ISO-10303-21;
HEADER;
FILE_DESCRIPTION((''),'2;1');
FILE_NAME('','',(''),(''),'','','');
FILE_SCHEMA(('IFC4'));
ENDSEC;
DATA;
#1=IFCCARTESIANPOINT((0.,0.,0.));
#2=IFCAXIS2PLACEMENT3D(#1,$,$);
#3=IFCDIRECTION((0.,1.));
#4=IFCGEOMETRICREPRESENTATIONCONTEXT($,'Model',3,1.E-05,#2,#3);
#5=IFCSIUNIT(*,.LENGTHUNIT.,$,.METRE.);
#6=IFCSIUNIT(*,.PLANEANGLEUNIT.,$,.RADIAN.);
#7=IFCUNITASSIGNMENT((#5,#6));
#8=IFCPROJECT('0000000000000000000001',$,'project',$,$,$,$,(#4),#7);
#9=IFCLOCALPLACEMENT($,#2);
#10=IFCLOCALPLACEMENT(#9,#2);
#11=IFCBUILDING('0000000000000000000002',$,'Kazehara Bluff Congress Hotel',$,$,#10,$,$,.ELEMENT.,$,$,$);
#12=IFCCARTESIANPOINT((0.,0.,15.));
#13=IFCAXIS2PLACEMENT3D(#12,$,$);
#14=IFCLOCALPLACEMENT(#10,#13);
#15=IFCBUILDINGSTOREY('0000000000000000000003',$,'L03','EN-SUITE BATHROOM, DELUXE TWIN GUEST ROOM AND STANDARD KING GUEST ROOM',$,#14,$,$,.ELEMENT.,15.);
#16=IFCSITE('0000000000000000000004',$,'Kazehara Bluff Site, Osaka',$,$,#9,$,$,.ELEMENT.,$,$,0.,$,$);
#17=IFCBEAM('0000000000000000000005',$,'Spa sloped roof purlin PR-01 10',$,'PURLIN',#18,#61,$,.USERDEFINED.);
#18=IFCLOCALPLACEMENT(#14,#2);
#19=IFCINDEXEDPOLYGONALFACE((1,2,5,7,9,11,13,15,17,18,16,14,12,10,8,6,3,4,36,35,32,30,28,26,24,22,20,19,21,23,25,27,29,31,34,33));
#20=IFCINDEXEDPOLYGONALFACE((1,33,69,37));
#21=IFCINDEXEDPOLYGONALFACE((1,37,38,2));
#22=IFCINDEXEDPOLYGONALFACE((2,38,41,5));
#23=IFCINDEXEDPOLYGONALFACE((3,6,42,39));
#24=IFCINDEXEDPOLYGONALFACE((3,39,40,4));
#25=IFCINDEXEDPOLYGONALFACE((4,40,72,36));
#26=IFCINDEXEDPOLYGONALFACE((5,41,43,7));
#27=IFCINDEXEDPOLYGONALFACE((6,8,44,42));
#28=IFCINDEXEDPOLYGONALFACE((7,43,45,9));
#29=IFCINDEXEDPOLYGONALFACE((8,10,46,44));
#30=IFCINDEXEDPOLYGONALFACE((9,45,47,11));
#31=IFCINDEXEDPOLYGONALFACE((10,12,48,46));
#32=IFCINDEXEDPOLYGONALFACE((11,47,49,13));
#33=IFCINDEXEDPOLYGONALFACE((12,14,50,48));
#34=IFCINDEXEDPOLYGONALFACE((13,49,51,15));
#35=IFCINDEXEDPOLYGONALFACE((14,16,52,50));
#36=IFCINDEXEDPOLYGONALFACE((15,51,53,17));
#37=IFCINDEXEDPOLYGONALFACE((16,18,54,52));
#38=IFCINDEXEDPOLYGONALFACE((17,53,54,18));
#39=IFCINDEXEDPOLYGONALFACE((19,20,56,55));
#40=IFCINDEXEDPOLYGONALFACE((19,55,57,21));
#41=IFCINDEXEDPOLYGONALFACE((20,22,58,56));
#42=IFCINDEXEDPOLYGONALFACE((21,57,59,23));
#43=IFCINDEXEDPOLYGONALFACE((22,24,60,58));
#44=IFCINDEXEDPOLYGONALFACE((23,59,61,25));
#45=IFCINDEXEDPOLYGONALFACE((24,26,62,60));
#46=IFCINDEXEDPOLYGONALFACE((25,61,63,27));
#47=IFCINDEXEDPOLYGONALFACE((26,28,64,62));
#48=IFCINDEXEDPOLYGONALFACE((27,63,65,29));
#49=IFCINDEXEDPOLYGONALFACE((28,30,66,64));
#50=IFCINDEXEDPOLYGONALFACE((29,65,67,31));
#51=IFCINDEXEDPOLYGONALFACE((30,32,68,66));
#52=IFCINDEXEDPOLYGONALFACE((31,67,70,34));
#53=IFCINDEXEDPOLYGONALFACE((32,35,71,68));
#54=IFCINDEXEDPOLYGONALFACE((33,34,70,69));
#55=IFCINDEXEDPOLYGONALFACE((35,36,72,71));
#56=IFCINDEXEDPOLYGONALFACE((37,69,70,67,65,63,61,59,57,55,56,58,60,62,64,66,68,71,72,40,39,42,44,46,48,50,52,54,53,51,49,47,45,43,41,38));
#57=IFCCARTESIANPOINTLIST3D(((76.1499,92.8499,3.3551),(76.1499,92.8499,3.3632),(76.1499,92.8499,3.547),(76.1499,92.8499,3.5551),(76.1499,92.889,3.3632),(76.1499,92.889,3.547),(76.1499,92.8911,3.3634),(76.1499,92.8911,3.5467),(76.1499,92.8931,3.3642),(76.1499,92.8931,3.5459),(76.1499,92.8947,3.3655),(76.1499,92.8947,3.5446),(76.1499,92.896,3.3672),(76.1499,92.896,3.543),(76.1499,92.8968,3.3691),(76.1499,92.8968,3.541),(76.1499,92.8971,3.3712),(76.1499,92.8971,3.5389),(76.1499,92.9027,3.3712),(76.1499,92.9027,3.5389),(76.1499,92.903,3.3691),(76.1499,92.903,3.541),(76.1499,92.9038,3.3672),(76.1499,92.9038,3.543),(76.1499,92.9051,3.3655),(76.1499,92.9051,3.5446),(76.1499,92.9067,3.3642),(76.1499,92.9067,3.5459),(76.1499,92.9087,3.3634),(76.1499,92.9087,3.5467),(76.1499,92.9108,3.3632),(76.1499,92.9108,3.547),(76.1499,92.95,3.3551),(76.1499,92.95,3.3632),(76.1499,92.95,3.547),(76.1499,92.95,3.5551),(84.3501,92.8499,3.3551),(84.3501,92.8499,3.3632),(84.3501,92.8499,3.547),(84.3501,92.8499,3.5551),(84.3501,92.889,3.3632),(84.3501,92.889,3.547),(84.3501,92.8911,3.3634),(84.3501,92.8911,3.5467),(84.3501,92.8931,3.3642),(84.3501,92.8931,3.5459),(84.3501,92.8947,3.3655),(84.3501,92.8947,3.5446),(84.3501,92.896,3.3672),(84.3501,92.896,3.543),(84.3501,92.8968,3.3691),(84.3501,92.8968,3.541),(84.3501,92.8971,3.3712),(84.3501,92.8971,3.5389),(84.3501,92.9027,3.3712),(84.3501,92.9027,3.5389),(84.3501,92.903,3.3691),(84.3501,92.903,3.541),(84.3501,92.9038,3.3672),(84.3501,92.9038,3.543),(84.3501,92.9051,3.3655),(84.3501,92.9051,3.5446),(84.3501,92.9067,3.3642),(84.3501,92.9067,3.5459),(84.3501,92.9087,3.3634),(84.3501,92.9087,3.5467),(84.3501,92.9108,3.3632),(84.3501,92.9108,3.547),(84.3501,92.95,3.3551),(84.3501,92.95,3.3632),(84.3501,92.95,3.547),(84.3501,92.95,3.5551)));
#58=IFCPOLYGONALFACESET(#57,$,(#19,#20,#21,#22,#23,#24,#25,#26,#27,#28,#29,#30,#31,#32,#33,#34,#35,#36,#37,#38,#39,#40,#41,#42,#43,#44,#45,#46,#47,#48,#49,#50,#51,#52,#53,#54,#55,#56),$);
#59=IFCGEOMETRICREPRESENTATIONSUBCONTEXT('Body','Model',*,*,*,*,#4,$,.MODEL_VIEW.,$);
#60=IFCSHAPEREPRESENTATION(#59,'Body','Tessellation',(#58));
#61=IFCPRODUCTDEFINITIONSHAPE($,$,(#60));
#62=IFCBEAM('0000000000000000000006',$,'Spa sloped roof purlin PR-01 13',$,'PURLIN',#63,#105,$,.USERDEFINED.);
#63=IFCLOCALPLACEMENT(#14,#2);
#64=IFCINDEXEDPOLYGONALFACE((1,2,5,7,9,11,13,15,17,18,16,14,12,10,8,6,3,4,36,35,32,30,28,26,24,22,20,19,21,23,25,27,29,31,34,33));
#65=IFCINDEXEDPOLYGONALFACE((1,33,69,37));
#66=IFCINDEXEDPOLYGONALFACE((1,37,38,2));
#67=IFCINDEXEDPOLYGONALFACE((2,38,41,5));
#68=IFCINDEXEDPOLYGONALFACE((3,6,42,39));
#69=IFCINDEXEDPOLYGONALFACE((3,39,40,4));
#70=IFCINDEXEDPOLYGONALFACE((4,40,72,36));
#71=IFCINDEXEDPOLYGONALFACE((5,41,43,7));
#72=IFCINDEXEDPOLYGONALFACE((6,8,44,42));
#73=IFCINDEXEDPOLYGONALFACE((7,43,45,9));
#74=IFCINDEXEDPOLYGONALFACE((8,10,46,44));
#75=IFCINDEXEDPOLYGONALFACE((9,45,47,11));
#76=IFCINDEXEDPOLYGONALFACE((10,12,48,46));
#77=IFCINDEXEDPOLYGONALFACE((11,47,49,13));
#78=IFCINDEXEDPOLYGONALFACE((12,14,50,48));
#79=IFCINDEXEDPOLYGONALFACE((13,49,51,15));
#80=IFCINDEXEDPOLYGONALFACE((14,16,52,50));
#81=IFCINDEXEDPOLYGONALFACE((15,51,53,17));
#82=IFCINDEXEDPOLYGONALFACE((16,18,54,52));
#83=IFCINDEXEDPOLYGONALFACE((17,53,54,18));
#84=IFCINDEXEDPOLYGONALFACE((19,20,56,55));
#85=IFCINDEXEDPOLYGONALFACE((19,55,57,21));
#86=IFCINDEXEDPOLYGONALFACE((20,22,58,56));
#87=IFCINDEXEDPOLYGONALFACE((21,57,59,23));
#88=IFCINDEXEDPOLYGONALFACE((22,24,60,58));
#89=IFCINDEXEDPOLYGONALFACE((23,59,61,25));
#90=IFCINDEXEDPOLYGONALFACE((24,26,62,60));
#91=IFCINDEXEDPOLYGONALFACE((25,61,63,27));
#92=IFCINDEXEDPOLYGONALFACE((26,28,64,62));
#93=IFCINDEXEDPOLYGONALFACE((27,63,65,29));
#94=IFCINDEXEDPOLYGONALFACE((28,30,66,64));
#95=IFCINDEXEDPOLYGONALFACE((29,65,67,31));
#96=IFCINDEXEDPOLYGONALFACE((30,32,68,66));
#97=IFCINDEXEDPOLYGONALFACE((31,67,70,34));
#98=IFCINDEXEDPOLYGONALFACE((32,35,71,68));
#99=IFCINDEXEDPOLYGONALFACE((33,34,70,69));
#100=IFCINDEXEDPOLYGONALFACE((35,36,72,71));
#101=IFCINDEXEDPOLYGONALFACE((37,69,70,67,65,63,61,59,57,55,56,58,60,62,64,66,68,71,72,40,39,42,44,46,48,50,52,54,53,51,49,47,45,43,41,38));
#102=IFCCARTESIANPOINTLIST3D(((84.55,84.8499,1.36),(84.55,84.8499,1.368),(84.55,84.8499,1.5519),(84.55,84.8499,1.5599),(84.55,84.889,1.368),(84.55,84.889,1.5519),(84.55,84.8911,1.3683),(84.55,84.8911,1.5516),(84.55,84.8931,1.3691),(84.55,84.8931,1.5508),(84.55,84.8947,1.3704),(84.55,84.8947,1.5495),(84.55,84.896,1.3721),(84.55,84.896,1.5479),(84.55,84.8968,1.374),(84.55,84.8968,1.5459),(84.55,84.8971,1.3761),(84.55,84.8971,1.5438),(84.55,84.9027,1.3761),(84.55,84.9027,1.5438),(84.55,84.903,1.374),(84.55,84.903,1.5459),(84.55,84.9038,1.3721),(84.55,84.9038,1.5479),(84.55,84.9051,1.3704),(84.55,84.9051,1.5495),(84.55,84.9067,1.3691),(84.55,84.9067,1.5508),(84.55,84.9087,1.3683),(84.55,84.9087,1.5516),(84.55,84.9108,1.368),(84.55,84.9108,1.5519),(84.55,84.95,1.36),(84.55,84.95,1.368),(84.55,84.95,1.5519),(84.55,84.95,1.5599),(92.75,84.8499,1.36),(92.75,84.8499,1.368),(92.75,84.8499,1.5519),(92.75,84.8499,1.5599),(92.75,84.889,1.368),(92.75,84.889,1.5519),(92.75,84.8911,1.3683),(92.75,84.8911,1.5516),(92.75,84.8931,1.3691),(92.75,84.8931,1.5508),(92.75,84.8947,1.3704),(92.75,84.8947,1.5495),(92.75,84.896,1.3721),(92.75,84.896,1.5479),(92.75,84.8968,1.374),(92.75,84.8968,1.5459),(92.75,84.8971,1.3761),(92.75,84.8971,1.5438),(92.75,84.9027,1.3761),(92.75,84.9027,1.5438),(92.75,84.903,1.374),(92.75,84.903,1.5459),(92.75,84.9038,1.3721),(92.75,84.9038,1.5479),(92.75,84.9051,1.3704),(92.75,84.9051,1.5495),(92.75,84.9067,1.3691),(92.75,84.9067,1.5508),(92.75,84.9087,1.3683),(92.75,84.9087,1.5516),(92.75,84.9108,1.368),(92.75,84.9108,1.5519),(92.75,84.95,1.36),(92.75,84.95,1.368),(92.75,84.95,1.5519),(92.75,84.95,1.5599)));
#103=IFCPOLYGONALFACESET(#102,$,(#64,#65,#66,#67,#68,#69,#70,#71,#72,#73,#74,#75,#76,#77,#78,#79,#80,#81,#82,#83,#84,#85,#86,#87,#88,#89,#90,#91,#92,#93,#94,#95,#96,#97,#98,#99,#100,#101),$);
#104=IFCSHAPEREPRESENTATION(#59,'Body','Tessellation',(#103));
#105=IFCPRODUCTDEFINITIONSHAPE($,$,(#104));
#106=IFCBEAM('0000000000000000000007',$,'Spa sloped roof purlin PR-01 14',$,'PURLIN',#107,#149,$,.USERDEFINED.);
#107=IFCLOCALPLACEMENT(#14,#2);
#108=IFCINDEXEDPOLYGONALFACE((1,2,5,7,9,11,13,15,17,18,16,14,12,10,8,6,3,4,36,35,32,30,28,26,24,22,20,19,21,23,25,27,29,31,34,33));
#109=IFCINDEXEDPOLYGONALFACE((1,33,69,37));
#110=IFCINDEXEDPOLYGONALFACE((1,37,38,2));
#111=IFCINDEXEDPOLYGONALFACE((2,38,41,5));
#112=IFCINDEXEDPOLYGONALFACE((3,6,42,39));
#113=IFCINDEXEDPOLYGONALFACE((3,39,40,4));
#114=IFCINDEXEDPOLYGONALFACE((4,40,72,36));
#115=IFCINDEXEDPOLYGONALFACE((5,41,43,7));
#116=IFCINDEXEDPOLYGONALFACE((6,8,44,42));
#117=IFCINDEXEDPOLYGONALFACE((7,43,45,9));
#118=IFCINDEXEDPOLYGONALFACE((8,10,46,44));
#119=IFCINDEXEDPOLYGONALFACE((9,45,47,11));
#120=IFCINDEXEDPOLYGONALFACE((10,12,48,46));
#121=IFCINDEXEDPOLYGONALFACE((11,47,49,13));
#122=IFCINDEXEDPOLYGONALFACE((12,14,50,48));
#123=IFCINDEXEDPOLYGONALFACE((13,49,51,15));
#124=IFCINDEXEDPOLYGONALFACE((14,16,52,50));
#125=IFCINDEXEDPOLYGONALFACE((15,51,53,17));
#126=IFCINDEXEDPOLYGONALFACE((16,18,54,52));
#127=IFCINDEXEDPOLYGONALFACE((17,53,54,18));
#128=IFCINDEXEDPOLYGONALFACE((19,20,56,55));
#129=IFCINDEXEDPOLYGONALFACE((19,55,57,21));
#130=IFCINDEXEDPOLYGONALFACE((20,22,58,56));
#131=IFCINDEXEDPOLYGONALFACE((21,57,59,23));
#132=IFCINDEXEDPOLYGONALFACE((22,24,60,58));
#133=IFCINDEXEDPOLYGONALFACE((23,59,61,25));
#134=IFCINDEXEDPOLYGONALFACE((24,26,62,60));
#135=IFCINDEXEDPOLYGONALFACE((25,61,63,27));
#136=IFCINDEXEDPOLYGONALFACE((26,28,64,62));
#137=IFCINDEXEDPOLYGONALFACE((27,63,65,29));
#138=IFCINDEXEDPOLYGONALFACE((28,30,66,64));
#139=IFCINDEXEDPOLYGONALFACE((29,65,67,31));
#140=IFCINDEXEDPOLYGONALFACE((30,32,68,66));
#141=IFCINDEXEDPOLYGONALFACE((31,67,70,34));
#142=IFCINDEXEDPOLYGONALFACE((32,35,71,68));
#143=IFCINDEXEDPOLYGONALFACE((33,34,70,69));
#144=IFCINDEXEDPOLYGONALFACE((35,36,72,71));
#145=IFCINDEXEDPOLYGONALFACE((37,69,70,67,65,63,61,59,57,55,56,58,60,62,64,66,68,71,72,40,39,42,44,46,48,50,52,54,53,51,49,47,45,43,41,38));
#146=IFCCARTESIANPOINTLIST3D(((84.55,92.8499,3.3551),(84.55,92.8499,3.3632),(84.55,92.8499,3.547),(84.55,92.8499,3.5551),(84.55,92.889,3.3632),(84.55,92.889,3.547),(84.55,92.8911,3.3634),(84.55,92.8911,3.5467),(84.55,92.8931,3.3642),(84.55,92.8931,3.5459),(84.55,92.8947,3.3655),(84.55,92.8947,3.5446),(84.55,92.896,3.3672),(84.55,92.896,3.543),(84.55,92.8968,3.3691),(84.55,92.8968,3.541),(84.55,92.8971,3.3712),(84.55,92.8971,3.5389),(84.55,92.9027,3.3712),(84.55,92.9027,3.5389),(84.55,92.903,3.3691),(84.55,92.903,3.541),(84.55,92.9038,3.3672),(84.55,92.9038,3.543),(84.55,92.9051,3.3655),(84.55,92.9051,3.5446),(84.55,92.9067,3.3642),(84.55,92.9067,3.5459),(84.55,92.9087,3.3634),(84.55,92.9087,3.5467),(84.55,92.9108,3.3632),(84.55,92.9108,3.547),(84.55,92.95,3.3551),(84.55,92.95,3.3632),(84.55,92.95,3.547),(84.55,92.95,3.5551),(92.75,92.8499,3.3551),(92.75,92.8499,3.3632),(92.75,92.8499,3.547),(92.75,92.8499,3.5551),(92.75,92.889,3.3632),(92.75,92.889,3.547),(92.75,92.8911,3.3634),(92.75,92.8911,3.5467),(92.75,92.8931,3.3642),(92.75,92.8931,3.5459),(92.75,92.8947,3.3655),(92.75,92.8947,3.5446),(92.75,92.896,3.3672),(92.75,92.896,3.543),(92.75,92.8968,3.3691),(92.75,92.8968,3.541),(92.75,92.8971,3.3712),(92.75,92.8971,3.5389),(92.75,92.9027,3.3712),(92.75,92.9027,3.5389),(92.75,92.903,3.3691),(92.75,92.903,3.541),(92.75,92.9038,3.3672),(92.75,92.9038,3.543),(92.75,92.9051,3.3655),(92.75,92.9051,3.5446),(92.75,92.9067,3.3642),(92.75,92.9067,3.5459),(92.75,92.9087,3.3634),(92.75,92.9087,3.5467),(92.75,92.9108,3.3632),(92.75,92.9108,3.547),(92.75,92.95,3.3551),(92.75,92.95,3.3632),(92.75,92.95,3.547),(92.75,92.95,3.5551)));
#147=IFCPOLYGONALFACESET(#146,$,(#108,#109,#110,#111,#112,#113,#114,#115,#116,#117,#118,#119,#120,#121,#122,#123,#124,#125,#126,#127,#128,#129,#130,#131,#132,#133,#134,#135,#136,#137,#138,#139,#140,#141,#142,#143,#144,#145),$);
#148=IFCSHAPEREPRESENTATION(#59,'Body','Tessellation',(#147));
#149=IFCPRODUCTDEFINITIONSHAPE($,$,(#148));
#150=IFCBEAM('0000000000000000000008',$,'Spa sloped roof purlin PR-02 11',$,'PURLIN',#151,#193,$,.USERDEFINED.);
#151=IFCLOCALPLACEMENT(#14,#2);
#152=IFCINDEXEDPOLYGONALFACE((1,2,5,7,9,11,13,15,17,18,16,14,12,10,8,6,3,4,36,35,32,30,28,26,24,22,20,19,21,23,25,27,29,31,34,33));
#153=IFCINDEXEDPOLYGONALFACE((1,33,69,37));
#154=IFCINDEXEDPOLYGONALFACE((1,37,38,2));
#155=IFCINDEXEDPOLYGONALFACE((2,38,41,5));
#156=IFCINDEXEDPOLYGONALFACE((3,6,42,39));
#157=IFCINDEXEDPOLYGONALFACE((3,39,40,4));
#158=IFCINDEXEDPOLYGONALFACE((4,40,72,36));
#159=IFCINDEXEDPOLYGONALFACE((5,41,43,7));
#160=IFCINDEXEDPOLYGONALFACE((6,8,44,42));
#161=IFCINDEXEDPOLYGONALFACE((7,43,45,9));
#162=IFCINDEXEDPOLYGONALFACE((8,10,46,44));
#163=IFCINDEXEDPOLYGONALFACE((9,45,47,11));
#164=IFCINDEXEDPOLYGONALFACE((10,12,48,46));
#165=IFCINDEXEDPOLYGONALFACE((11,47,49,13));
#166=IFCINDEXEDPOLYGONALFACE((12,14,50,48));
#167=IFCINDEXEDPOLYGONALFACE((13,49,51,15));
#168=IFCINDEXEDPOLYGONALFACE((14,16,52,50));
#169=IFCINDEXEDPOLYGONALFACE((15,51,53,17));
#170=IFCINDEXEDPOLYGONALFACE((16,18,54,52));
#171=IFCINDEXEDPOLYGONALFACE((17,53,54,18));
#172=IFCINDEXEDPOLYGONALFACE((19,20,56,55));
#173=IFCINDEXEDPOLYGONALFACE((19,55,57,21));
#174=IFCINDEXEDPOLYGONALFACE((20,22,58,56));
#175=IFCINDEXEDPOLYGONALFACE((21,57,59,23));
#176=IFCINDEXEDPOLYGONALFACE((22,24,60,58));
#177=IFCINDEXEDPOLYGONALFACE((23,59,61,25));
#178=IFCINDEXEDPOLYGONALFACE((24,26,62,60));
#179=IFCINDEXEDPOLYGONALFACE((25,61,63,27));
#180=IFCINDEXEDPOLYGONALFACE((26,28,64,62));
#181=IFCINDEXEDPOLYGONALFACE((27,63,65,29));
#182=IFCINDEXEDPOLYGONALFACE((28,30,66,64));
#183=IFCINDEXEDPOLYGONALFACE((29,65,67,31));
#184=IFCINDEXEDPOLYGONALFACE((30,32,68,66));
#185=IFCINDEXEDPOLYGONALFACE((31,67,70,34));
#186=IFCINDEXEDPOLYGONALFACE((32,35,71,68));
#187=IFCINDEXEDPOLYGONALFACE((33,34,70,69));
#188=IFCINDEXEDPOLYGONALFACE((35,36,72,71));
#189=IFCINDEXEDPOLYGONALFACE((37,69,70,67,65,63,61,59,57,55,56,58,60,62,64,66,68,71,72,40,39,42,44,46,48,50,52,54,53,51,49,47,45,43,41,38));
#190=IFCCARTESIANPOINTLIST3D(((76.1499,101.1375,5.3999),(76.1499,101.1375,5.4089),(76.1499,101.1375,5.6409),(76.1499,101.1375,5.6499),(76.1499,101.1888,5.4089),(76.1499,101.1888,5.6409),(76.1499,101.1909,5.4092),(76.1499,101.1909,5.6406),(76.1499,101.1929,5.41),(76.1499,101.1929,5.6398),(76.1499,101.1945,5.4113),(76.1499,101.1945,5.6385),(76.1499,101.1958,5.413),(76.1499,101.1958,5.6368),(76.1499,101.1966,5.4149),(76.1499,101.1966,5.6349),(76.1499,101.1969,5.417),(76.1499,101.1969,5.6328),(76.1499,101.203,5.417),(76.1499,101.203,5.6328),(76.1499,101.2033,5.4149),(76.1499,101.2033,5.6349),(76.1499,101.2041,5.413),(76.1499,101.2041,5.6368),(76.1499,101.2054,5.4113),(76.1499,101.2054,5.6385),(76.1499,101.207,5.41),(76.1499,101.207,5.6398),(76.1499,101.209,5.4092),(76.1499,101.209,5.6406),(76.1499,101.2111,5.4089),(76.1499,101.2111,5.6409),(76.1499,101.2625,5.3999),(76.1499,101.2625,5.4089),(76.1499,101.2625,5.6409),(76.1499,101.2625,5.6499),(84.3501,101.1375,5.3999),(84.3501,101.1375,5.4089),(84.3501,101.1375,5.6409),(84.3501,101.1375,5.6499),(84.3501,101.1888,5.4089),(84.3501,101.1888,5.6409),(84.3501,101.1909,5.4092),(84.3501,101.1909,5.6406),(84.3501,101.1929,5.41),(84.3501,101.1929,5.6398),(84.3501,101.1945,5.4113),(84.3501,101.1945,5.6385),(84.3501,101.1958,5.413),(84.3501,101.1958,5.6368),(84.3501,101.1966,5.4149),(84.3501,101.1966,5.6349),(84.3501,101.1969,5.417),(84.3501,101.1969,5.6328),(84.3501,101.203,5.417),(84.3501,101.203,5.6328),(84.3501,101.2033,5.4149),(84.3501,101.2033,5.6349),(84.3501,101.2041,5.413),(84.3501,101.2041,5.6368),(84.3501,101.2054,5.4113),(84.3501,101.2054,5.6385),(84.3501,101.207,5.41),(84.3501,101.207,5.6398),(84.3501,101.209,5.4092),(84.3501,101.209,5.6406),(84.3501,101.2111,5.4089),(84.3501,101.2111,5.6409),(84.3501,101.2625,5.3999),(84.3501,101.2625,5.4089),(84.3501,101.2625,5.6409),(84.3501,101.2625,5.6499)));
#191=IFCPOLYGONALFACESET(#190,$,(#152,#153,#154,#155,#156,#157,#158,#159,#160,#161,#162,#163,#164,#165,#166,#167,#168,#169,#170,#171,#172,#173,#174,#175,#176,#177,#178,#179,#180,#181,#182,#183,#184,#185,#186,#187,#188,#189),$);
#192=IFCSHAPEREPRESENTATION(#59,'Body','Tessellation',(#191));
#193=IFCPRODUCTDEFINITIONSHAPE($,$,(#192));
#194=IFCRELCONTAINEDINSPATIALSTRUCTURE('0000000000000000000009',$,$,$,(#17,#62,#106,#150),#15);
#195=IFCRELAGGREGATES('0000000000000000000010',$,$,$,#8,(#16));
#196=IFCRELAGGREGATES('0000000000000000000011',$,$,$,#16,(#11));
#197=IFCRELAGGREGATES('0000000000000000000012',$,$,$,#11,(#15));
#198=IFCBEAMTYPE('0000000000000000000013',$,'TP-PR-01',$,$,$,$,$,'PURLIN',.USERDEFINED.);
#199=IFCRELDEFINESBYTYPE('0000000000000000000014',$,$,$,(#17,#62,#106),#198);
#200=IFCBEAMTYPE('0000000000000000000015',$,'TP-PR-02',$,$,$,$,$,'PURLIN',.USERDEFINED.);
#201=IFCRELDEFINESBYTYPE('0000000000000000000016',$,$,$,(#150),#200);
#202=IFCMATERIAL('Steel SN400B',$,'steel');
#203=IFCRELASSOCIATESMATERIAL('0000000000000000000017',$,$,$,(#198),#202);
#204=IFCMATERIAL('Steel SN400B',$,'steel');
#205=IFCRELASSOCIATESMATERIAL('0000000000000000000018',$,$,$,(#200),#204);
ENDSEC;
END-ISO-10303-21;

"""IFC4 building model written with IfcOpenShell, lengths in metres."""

from ifc_helpers import new_model, si_unit, direction, frame, origin, origin_2d, place, context, subcontext, project, spatial, i_section, extrude, material, material_profile, profile_set, type_object, element, save


model = new_model("IFC4")

# Units and contexts
model_context = context("Model", 3, precision=1e-05, world=origin(), true_north=direction((0.0, 1.0)))
body_context = subcontext(model_context, "Body", "Model", "MODEL_VIEW")
ifc_project = project(units=[si_unit("LENGTHUNIT", "METRE"), si_unit("PLANEANGLEUNIT", "RADIAN")], contexts=[model_context])

# Site, building, storey
site_placement = place(None, origin())
site = spatial("IfcSite", under=ifc_project, at=site_placement, Name="Kazehara Bluff Site, Osaka", CompositionType="ELEMENT", RefElevation=0.0)
building_placement = place(site_placement, origin())
building = spatial("IfcBuilding", under=site, at=building_placement, Name="Kazehara Bluff Congress Hotel", CompositionType="ELEMENT")
storey_placement = place(building_placement, frame((0.0, 0.0, 15.0)))
storey = spatial("IfcBuildingStorey", under=building, at=storey_placement, Name="L03", Description="EN-SUITE BATHROOM, DELUXE TWIN GUEST ROOM AND STANDARD KING GUEST ROOM", CompositionType="ELEMENT", Elevation=15.0)

# Beams
ifc_material_1 = material(Name="Steel SN400B", Category="steel")
ifc_material_profile_1 = material_profile(ifc_material_1, i_section(OverallWidth=0.1001, OverallDepth=0.2, WebThickness=0.0056, FlangeThickness=0.0081, FilletRadius=0.0081, at=origin_2d()))
ifc_profile_set_1 = profile_set([ifc_material_profile_1], Name="Steel SN400B")
beam_type_1 = type_object("IfcBeamType", Name="TP-PR-01", ElementType="PURLIN", PredefinedType="USERDEFINED", material=ifc_profile_set_1)
for number, where, z_axis, x_axis, name in (
    (1, (76.1499, 92.8999, 3.4551), (1.0, 0.0, 0.0), (0.0, 1.0, 0.0), "Spa sloped roof purlin PR-01 10"),
):
    element("IfcBeam", number, at=place(storey_placement, frame(where, z_axis=z_axis, x_axis=x_axis)), inside=storey, type_object=beam_type_1, Name=name, ObjectType="PURLIN", PredefinedType="USERDEFINED", context=body_context, shape_type="SweptSolid", body=[
        extrude(i_section(OverallWidth=0.1001, OverallDepth=0.2, WebThickness=0.0056, FlangeThickness=0.0081, FilletRadius=0.0081, at=origin_2d()), origin(), (0.0, 0.0, 1.0), 8.2002),
    ])
for number, where, z_axis, x_axis, name in (
    (2, (84.55, 84.8999, 1.46), (1.0, 0.0, 0.0), (0.0, 1.0, 0.0), "Spa sloped roof purlin PR-01 13"),
    (3, (84.55, 92.8999, 3.4551), (1.0, 0.0, 0.0), (0.0, 1.0, 0.0), "Spa sloped roof purlin PR-01 14"),
):
    element("IfcBeam", number, at=place(storey_placement, frame(where, z_axis=z_axis, x_axis=x_axis)), inside=storey, type_object=beam_type_1, Name=name, ObjectType="PURLIN", PredefinedType="USERDEFINED", context=body_context, shape_type="SweptSolid", body=[
        extrude(i_section(OverallWidth=0.1001, OverallDepth=0.2, WebThickness=0.0056, FlangeThickness=0.0081, FilletRadius=0.0081, at=origin_2d()), origin(), (0.0, 0.0, 1.0), 8.2),
    ])
ifc_material_2 = material(Name="Steel SN400B", Category="steel")
ifc_material_profile_2 = material_profile(ifc_material_2, i_section(OverallWidth=0.125, OverallDepth=0.25, WebThickness=0.0061, FlangeThickness=0.009, FilletRadius=0.0081, at=origin_2d()))
ifc_profile_set_2 = profile_set([ifc_material_profile_2], Name="Steel SN400B")
beam_type_2 = type_object("IfcBeamType", Name="TP-PR-02", ElementType="PURLIN", PredefinedType="USERDEFINED", material=ifc_profile_set_2)
for number, where, z_axis, x_axis, name in (
    (4, (76.1499, 101.2, 5.5249), (1.0, 0.0, 0.0), (0.0, 1.0, 0.0), "Spa sloped roof purlin PR-02 11"),
):
    element("IfcBeam", number, at=place(storey_placement, frame(where, z_axis=z_axis, x_axis=x_axis)), inside=storey, type_object=beam_type_2, Name=name, ObjectType="PURLIN", PredefinedType="USERDEFINED", context=body_context, shape_type="SweptSolid", body=[
        extrude(i_section(OverallWidth=0.125, OverallDepth=0.25, WebThickness=0.0061, FlangeThickness=0.009, FilletRadius=0.0081, at=origin_2d()), origin(), (0.0, 0.0, 1.0), 8.2002),
    ])

save(model, "model.ifc")
